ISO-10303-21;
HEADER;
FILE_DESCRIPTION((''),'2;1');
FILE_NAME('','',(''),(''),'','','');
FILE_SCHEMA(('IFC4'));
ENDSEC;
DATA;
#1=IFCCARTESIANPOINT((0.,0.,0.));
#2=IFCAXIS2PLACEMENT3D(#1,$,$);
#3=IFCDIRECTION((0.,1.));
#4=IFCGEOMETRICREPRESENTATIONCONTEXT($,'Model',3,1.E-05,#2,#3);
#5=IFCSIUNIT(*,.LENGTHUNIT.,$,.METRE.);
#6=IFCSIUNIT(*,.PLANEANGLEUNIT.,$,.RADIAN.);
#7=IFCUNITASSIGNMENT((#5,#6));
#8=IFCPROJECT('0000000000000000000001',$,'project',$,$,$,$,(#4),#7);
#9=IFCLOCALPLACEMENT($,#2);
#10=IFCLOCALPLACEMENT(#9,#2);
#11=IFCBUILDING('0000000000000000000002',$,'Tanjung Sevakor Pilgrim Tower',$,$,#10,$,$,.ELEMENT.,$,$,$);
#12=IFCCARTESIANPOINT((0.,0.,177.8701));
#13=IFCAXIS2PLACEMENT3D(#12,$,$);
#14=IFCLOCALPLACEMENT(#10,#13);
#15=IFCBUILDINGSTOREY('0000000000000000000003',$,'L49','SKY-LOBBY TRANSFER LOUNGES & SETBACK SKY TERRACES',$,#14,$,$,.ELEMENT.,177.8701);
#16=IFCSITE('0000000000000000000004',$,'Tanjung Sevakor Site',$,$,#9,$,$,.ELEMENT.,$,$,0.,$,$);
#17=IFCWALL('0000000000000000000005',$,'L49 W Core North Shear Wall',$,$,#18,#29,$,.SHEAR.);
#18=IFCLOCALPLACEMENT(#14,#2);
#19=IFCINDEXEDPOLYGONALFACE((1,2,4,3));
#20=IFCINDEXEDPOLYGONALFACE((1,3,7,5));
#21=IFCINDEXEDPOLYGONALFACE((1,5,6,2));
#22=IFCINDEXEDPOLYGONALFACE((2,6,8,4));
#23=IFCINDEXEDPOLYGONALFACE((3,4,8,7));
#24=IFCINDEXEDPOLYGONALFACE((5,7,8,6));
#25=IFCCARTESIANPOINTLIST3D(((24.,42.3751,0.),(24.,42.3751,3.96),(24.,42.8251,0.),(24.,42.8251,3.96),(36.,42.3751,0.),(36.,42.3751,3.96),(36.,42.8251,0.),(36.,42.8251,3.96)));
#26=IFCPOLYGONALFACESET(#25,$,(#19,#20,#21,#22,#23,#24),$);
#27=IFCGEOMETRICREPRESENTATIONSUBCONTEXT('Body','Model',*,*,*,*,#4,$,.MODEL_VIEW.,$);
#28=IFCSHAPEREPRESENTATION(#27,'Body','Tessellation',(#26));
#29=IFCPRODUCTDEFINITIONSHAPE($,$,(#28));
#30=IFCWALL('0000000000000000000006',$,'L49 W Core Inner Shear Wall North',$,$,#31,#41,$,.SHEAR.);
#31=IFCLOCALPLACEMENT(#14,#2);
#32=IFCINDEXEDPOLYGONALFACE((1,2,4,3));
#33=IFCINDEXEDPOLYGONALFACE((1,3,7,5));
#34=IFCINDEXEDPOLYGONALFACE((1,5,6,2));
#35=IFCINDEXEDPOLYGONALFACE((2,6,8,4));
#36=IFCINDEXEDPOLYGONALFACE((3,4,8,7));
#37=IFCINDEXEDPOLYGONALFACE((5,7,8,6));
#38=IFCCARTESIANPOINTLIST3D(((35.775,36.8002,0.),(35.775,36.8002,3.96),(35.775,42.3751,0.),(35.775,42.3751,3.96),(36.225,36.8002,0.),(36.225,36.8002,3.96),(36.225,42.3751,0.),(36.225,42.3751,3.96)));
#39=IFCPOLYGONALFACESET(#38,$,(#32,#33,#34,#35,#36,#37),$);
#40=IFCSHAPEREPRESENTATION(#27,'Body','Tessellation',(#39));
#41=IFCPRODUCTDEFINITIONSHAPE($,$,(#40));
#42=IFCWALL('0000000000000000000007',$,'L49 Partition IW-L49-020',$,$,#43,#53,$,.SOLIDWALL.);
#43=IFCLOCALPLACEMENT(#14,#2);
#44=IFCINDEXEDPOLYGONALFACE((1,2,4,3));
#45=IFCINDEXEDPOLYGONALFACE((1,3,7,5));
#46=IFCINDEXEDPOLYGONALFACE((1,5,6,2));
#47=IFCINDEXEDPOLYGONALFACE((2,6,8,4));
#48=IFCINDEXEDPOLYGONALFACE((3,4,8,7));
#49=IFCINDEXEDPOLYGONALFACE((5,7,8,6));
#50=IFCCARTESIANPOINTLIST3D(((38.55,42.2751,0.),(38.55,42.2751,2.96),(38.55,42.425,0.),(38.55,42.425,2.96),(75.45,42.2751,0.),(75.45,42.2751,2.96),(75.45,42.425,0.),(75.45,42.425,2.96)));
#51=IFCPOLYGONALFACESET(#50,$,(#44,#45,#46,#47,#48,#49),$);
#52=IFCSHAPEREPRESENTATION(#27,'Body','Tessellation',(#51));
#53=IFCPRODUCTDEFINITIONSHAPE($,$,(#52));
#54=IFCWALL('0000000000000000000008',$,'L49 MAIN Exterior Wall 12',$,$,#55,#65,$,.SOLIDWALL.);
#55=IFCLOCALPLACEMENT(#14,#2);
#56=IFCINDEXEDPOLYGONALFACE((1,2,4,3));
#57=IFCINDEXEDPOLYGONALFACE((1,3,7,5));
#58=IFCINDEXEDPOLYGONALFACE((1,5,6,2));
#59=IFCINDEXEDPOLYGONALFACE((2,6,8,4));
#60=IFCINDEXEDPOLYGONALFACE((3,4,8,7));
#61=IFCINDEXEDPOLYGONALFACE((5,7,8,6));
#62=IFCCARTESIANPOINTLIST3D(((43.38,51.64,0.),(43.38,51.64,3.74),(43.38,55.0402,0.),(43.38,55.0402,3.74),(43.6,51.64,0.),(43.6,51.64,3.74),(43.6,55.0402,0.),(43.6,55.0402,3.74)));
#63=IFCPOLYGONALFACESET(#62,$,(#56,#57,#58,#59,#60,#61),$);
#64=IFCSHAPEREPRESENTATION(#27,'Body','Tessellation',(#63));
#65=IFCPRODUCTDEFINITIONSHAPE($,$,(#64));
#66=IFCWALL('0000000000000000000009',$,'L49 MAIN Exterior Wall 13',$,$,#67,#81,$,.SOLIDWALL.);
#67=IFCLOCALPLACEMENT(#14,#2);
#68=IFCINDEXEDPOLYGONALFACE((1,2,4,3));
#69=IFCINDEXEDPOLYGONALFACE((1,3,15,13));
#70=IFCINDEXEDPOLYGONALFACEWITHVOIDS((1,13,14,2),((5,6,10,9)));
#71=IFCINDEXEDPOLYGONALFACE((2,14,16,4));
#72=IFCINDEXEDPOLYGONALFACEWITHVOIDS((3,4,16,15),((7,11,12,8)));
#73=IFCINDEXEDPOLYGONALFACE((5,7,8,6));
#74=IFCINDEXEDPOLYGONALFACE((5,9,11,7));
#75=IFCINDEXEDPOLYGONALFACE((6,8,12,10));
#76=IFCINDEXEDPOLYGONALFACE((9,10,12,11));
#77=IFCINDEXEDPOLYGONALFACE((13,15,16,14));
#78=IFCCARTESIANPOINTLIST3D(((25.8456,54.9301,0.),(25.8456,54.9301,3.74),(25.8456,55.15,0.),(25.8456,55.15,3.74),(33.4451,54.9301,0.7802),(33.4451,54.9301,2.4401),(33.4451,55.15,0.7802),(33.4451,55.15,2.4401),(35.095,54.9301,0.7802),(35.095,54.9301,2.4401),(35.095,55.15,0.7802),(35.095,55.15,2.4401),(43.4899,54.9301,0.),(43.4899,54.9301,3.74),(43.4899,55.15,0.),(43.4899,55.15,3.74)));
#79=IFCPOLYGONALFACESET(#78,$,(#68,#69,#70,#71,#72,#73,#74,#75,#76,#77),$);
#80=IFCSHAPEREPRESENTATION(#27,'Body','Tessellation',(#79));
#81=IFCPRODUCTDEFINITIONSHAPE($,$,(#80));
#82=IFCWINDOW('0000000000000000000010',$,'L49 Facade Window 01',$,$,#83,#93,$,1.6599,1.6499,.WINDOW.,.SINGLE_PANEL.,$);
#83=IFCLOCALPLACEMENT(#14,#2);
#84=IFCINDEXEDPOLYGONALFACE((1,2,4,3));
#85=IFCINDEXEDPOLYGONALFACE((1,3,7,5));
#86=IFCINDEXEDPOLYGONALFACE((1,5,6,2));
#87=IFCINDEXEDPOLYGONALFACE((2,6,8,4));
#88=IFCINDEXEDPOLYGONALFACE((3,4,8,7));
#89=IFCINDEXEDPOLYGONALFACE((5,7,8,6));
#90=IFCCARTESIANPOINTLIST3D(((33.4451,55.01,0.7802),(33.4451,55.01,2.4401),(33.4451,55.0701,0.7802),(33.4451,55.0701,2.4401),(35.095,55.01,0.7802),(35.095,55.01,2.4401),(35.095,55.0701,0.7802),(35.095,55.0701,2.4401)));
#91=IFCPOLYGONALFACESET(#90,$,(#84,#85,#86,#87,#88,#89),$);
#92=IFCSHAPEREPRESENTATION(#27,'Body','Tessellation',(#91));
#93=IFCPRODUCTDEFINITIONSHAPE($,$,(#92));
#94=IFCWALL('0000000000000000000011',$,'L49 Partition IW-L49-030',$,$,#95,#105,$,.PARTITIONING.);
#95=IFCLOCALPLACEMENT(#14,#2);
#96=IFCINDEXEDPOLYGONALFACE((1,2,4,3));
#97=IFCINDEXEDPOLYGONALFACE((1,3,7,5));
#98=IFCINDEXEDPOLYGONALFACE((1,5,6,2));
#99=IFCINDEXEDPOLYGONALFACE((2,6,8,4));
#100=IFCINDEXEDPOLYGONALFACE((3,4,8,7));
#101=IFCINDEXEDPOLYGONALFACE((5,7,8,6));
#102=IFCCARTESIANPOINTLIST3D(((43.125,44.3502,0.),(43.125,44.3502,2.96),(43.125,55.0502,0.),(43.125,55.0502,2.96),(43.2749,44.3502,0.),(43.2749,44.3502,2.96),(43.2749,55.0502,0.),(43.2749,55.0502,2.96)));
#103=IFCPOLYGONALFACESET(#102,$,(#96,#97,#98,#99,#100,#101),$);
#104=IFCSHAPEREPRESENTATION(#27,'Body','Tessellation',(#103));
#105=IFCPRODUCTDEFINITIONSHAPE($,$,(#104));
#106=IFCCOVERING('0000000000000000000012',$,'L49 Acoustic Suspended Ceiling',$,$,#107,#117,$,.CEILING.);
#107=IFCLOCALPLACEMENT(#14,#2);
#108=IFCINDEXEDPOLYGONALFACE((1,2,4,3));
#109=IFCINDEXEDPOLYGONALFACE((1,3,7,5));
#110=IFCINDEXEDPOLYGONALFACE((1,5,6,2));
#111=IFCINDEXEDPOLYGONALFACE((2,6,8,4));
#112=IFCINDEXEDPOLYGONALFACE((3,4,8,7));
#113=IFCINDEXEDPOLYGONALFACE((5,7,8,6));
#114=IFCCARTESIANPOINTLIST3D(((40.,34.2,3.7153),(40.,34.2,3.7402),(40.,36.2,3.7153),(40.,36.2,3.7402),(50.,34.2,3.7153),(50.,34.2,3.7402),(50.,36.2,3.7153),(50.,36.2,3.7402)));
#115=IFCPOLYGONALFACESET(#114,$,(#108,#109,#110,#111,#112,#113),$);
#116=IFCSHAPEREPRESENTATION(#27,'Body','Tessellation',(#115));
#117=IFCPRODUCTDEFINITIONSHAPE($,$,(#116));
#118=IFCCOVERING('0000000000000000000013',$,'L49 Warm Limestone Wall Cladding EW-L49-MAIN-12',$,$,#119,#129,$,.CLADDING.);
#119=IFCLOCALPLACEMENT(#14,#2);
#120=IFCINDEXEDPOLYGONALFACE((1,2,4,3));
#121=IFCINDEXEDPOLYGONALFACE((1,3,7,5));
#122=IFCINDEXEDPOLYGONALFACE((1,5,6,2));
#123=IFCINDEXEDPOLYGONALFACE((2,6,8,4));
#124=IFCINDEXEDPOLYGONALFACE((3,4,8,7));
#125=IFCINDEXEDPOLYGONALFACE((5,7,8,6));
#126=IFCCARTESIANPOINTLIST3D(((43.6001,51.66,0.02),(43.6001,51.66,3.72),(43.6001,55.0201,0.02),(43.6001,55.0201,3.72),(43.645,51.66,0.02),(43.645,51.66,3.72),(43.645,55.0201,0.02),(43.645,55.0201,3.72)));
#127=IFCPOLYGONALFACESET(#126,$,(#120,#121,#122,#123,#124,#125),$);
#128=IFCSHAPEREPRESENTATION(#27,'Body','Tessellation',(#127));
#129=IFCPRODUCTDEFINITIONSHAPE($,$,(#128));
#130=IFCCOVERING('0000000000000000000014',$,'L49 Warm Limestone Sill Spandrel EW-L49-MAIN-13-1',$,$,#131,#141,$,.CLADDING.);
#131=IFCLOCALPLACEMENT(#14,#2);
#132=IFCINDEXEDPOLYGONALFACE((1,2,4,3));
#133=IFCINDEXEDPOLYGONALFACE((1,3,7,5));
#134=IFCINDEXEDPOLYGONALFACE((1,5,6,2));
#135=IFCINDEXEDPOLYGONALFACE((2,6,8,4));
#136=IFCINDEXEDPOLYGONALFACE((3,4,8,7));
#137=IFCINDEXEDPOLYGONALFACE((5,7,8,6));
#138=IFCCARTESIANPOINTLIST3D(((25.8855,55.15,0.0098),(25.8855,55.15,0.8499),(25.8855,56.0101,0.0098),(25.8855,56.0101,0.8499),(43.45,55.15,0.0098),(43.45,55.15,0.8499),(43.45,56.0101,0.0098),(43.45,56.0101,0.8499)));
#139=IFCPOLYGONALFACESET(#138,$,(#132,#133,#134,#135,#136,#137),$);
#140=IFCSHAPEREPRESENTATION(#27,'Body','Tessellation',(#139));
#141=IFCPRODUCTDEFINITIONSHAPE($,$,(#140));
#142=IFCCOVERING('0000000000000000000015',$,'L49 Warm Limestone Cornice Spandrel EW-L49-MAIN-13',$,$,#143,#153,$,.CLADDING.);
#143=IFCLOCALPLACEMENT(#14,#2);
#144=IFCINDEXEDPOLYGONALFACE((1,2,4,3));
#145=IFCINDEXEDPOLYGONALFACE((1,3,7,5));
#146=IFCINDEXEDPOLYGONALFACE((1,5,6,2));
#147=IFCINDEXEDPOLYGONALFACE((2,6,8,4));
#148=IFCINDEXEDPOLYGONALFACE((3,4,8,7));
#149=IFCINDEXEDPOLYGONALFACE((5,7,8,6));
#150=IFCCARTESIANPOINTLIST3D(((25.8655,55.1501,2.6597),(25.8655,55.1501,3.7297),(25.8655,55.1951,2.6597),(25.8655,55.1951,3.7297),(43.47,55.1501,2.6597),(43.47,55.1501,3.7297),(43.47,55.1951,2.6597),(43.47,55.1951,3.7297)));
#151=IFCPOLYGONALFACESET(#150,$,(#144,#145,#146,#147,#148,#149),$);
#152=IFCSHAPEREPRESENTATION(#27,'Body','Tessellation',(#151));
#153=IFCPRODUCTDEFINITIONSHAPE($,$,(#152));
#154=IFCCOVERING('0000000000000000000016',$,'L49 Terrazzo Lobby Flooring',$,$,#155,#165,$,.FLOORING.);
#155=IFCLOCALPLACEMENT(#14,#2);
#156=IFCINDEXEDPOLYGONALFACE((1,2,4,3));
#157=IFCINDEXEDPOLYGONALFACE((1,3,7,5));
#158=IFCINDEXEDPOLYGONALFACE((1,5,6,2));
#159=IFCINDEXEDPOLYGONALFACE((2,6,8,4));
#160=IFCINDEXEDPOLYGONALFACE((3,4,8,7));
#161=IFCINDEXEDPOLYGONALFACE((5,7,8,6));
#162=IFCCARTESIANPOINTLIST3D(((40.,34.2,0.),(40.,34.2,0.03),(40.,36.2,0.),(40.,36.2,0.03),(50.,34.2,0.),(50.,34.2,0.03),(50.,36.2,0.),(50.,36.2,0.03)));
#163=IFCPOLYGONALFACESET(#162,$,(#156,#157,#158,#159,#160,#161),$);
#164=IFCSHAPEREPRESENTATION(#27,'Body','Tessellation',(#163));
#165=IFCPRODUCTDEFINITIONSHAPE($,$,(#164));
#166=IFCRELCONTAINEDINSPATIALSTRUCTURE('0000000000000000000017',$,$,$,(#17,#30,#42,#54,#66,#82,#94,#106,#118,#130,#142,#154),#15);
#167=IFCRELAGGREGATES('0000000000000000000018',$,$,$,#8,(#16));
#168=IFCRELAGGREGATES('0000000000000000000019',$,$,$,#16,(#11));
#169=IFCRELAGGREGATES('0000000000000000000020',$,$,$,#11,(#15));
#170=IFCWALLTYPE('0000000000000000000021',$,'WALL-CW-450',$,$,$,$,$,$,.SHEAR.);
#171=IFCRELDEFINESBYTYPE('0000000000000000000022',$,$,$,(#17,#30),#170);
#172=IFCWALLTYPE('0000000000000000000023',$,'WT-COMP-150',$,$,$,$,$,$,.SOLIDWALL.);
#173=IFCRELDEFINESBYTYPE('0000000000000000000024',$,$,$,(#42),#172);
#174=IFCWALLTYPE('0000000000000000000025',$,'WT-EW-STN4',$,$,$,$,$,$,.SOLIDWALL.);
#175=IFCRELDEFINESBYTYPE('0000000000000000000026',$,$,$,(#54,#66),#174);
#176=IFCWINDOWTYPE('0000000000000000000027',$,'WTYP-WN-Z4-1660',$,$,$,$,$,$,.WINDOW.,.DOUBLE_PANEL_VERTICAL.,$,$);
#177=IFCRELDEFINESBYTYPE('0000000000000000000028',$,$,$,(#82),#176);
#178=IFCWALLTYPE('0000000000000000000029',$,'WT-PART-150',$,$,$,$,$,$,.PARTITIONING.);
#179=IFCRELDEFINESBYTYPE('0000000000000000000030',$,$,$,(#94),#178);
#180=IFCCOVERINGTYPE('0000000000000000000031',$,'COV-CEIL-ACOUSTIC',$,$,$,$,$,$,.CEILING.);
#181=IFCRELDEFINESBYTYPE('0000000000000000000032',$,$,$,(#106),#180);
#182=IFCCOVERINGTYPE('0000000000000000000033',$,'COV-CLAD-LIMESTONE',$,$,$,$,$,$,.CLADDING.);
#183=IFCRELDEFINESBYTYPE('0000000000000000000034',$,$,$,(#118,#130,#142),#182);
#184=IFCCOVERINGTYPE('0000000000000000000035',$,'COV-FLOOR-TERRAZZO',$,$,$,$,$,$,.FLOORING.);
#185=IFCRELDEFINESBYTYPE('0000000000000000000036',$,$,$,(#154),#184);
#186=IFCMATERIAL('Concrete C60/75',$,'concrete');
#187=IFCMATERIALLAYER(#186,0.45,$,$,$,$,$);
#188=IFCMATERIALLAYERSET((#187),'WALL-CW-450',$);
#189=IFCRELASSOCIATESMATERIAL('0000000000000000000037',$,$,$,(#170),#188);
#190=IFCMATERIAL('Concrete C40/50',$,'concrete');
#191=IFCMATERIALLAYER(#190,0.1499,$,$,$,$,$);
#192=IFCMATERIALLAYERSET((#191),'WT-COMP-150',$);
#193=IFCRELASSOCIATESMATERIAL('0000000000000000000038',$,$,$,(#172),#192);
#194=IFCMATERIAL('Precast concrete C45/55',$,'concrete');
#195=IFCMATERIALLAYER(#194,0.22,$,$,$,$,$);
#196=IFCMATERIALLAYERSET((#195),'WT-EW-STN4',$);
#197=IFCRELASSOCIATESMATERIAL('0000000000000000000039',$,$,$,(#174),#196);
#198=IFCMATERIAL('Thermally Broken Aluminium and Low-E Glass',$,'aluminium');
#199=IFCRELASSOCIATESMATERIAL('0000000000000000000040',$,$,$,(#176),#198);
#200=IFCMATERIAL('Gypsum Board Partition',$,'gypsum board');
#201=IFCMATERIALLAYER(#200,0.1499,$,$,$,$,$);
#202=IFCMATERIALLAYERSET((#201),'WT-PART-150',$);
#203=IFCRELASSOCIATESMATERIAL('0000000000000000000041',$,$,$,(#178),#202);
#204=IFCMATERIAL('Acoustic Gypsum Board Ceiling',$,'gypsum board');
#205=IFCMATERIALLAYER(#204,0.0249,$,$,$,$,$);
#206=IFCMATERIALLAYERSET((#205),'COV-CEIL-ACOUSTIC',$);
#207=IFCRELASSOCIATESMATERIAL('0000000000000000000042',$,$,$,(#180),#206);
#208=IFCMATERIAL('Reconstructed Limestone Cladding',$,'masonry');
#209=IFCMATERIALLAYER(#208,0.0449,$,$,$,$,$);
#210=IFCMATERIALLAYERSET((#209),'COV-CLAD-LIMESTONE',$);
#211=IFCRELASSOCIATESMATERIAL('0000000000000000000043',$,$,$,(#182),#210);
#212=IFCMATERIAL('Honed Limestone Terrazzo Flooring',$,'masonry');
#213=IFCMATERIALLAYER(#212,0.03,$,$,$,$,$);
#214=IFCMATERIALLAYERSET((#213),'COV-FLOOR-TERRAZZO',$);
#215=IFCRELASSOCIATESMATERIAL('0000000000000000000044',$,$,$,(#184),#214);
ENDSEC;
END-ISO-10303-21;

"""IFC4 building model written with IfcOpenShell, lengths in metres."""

from ifc_helpers import new_model, si_unit, direction, frame, frame_2d, origin, origin_2d, place, context, subcontext, project, spatial, rectangle, extrude, material, layer, layer_set, type_object, element, fill, save


model = new_model("IFC4")

# Units and contexts
model_context = context("Model", 3, precision=1e-05, world=origin(), true_north=direction((0.0, 1.0)))
body_context = subcontext(model_context, "Body", "Model", "MODEL_VIEW")
ifc_project = project(units=[si_unit("LENGTHUNIT", "METRE"), si_unit("PLANEANGLEUNIT", "RADIAN")], contexts=[model_context])

# Site, building, storey
site_placement = place(None, origin())
site = spatial("IfcSite", under=ifc_project, at=site_placement, Name="Tanjung Sevakor Site", CompositionType="ELEMENT", RefElevation=0.0)
building_placement = place(site_placement, origin())
building = spatial("IfcBuilding", under=site, at=building_placement, Name="Tanjung Sevakor Pilgrim Tower", CompositionType="ELEMENT")
storey_placement = place(building_placement, frame((0.0, 0.0, 177.8701)))
storey = spatial("IfcBuildingStorey", under=building, at=storey_placement, Name="L49", Description="SKY-LOBBY TRANSFER LOUNGES & SETBACK SKY TERRACES", CompositionType="ELEMENT", Elevation=177.8701)

# Walls
ifc_material_1 = material(Name="Concrete C60/75", Category="concrete")
ifc_layer_1 = layer(ifc_material_1, 0.45)
ifc_layer_set_1 = layer_set([ifc_layer_1], Name="WALL-CW-450")
wall_type_1 = type_object("IfcWallType", Name="WALL-CW-450", PredefinedType="SHEAR", material=ifc_layer_set_1)
wall_1_placement = place(storey_placement, frame((36.0, 42.6001, 0.0), z_axis=(0.0, 0.0, 1.0), x_axis=(-1.0, 0.0, 0.0)))
element("IfcWall", 1, at=wall_1_placement, inside=storey, type_object=wall_type_1, Name="L49 W Core North Shear Wall", PredefinedType="SHEAR", context=body_context, shape_type="SweptSolid", body=[
    extrude(rectangle(XDim=12.0, YDim=0.45, at=frame_2d((6.0, 0.0))), origin(), (0.0, 0.0, 1.0), 3.96),
])
wall_2_placement = place(storey_placement, frame((36.0, 36.8, 0.0), z_axis=(0.0, 0.0, 1.0), x_axis=(0.0, 1.0, 0.0)))
element("IfcWall", 2, at=wall_2_placement, inside=storey, type_object=wall_type_1, Name="L49 W Core Inner Shear Wall North", PredefinedType="SHEAR", context=body_context, shape_type="SweptSolid", body=[
    extrude(rectangle(XDim=5.575, YDim=0.45, at=frame_2d((2.7876, 0.0))), origin(), (0.0, 0.0, 1.0), 3.96),
])
ifc_material_2 = material(Name="Concrete C40/50", Category="concrete")
ifc_layer_2 = layer(ifc_material_2, 0.1499)
ifc_layer_set_2 = layer_set([ifc_layer_2], Name="WT-COMP-150")
wall_type_2 = type_object("IfcWallType", Name="WT-COMP-150", PredefinedType="SOLIDWALL", material=ifc_layer_set_2)
wall_3_placement = place(storey_placement, frame((38.55, 42.3501, 0.0), z_axis=(0.0, 0.0, 1.0), x_axis=(1.0, 0.0, 0.0)))
element("IfcWall", 3, at=wall_3_placement, inside=storey, type_object=wall_type_2, Name="L49 Partition IW-L49-020", PredefinedType="SOLIDWALL", context=body_context, shape_type="SweptSolid", body=[
    extrude(rectangle(XDim=36.8999, YDim=0.1499, at=frame_2d((18.45, 0.0))), origin(), (0.0, 0.0, 1.0), 2.96),
])
ifc_material_3 = material(Name="Precast concrete C45/55", Category="concrete")
ifc_layer_3 = layer(ifc_material_3, 0.22)
ifc_layer_set_3 = layer_set([ifc_layer_3], Name="WT-EW-STN4")
wall_type_3 = type_object("IfcWallType", Name="WT-EW-STN4", PredefinedType="SOLIDWALL", material=ifc_layer_set_3)
wall_4_placement = place(storey_placement, frame((43.49, 51.6399, 0.0), z_axis=(0.0, 0.0, 1.0), x_axis=(0.0, 1.0, 0.0)))
element("IfcWall", 4, at=wall_4_placement, inside=storey, type_object=wall_type_3, Name="L49 MAIN Exterior Wall 12", PredefinedType="SOLIDWALL", context=body_context, shape_type="SweptSolid", body=[
    extrude(rectangle(XDim=3.4001, YDim=0.22, at=frame_2d((1.7002, 0.0))), origin(), (0.0, 0.0, 1.0), 3.74),
])

# Wall, opening, window
wall_5_placement = place(storey_placement, frame((43.49, 55.04, 0.0), z_axis=(0.0, 0.0, 1.0), x_axis=(-1.0, 0.0, 0.0)))
wall_5 = element("IfcWall", 5, at=wall_5_placement, inside=storey, type_object=wall_type_3, Name="L49 MAIN Exterior Wall 13", PredefinedType="SOLIDWALL", context=body_context, shape_type="SweptSolid", body=[
    extrude(rectangle(XDim=17.6443, YDim=0.22, at=frame_2d((8.8223, 0.0))), origin(), (0.0, 0.0, 1.0), 3.74),
])
opening_placement = place(wall_5_placement, frame((8.395, 0.0, 0.78)))
opening = element("IfcOpeningElement", 6, at=opening_placement, cuts=wall_5, PredefinedType="OPENING", context=body_context, shape_type="SweptSolid", body=[
    extrude(rectangle(XDim=1.6499, YDim=1.6599, at=frame_2d((0.825, 0.8301))), frame((0.0, 0.1199, 0.0), z_axis=(0.0, -1.0, 0.0), x_axis=(1.0, 0.0, 0.0)), (0.0, 0.0, 1.0), 0.24),
])
ifc_material_4 = material(Name="Thermally Broken Aluminium and Low-E Glass", Category="aluminium")
window_type = type_object("IfcWindowType", Name="WTYP-WN-Z4-1660", PartitioningType="DOUBLE_PANEL_VERTICAL", PredefinedType="WINDOW", material=ifc_material_4)
window_placement = place(opening_placement, origin())
window = element("IfcWindow", 7, at=window_placement, inside=storey, type_object=window_type, Name="L49 Facade Window 01", OverallHeight=1.6599, OverallWidth=1.6499, PartitioningType="SINGLE_PANEL", PredefinedType="WINDOW", context=body_context, shape_type="SweptSolid", body=[
    extrude(rectangle(XDim=1.6499, YDim=1.6599, at=frame_2d((0.825, 0.8301))), frame((0.0, 0.03, 0.0), z_axis=(0.0, -1.0, 0.0), x_axis=(1.0, 0.0, 0.0)), (0.0, 0.0, 1.0), 0.0601),
])
fill(opening, window)

# Wall
ifc_material_5 = material(Name="Gypsum Board Partition", Category="gypsum board")
ifc_layer_4 = layer(ifc_material_5, 0.1499)
ifc_layer_set_4 = layer_set([ifc_layer_4], Name="WT-PART-150")
wall_type_4 = type_object("IfcWallType", Name="WT-PART-150", PredefinedType="PARTITIONING", material=ifc_layer_set_4)
wall_6_placement = place(storey_placement, frame((43.2, 44.3501, 0.0), z_axis=(0.0, 0.0, 1.0), x_axis=(0.0, 1.0, 0.0)))
element("IfcWall", 8, at=wall_6_placement, inside=storey, type_object=wall_type_4, Name="L49 Partition IW-L49-030", PredefinedType="PARTITIONING", context=body_context, shape_type="SweptSolid", body=[
    extrude(rectangle(XDim=10.7, YDim=0.1499, at=frame_2d((5.3501, 0.0))), origin(), (0.0, 0.0, 1.0), 2.96),
])

# Coverings
ifc_material_6 = material(Name="Acoustic Gypsum Board Ceiling", Category="gypsum board")
ifc_layer_5 = layer(ifc_material_6, 0.0249)
ifc_layer_set_5 = layer_set([ifc_layer_5], Name="COV-CEIL-ACOUSTIC")
covering_type_1 = type_object("IfcCoveringType", Name="COV-CEIL-ACOUSTIC", PredefinedType="CEILING", material=ifc_layer_set_5)
covering_1_placement = place(storey_placement, frame((45.0, 35.2, 3.7153), z_axis=(0.0, 0.0, 1.0), x_axis=(1.0, 0.0, 0.0)))
element("IfcCovering", 9, at=covering_1_placement, inside=storey, type_object=covering_type_1, Name="L49 Acoustic Suspended Ceiling", PredefinedType="CEILING", context=body_context, shape_type="SweptSolid", body=[
    extrude(rectangle(XDim=10.0, YDim=2.0, at=origin_2d()), origin(), (0.0, 0.0, 1.0), 0.0249),
])
ifc_material_7 = material(Name="Reconstructed Limestone Cladding", Category="masonry")
ifc_layer_6 = layer(ifc_material_7, 0.0449)
ifc_layer_set_6 = layer_set([ifc_layer_6], Name="COV-CLAD-LIMESTONE")
covering_type_2 = type_object("IfcCoveringType", Name="COV-CLAD-LIMESTONE", PredefinedType="CLADDING", material=ifc_layer_set_6)
covering_2_placement = place(storey_placement, frame((43.6226, 53.3401, 0.02), z_axis=(0.0, 0.0, 1.0), x_axis=(0.0, 1.0, 0.0)))
element("IfcCovering", 10, at=covering_2_placement, inside=storey, type_object=covering_type_2, Name="L49 Warm Limestone Wall Cladding EW-L49-MAIN-12", PredefinedType="CLADDING", context=body_context, shape_type="SweptSolid", body=[
    extrude(rectangle(XDim=3.3601, YDim=0.0449, at=origin_2d()), origin(), (0.0, 0.0, 1.0), 3.7),
])
covering_3_placement = place(storey_placement, frame((34.6677, 55.5801, 0.0098), z_axis=(0.0, 0.0, 1.0), x_axis=(-1.0, 0.0, 0.0)))
element("IfcCovering", 11, at=covering_3_placement, inside=storey, type_object=covering_type_2, Name="L49 Warm Limestone Sill Spandrel EW-L49-MAIN-13-1", PredefinedType="CLADDING", context=body_context, shape_type="SweptSolid", body=[
    extrude(rectangle(XDim=17.5645, YDim=0.8601, at=origin_2d()), origin(), (0.0, 0.0, 1.0), 0.8401),
])
covering_4_placement = place(storey_placement, frame((34.6677, 55.1726, 2.6597), z_axis=(0.0, 0.0, 1.0), x_axis=(-1.0, 0.0, 0.0)))
element("IfcCovering", 12, at=covering_4_placement, inside=storey, type_object=covering_type_2, Name="L49 Warm Limestone Cornice Spandrel EW-L49-MAIN-13", PredefinedType="CLADDING", context=body_context, shape_type="SweptSolid", body=[
    extrude(rectangle(XDim=17.6045, YDim=0.0449, at=origin_2d()), origin(), (0.0, 0.0, 1.0), 1.0701),
])
ifc_material_8 = material(Name="Honed Limestone Terrazzo Flooring", Category="masonry")
ifc_layer_7 = layer(ifc_material_8, 0.03)
ifc_layer_set_7 = layer_set([ifc_layer_7], Name="COV-FLOOR-TERRAZZO")
covering_type_3 = type_object("IfcCoveringType", Name="COV-FLOOR-TERRAZZO", PredefinedType="FLOORING", material=ifc_layer_set_7)
covering_5_placement = place(storey_placement, frame((45.0, 35.2, 0.0), z_axis=(0.0, 0.0, 1.0), x_axis=(1.0, 0.0, 0.0)))
element("IfcCovering", 13, at=covering_5_placement, inside=storey, type_object=covering_type_3, Name="L49 Terrazzo Lobby Flooring", PredefinedType="FLOORING", context=body_context, shape_type="SweptSolid", body=[
    extrude(rectangle(XDim=10.0, YDim=2.0, at=origin_2d()), origin(), (0.0, 0.0, 1.0), 0.03),
])

save(model, "model.ifc")
